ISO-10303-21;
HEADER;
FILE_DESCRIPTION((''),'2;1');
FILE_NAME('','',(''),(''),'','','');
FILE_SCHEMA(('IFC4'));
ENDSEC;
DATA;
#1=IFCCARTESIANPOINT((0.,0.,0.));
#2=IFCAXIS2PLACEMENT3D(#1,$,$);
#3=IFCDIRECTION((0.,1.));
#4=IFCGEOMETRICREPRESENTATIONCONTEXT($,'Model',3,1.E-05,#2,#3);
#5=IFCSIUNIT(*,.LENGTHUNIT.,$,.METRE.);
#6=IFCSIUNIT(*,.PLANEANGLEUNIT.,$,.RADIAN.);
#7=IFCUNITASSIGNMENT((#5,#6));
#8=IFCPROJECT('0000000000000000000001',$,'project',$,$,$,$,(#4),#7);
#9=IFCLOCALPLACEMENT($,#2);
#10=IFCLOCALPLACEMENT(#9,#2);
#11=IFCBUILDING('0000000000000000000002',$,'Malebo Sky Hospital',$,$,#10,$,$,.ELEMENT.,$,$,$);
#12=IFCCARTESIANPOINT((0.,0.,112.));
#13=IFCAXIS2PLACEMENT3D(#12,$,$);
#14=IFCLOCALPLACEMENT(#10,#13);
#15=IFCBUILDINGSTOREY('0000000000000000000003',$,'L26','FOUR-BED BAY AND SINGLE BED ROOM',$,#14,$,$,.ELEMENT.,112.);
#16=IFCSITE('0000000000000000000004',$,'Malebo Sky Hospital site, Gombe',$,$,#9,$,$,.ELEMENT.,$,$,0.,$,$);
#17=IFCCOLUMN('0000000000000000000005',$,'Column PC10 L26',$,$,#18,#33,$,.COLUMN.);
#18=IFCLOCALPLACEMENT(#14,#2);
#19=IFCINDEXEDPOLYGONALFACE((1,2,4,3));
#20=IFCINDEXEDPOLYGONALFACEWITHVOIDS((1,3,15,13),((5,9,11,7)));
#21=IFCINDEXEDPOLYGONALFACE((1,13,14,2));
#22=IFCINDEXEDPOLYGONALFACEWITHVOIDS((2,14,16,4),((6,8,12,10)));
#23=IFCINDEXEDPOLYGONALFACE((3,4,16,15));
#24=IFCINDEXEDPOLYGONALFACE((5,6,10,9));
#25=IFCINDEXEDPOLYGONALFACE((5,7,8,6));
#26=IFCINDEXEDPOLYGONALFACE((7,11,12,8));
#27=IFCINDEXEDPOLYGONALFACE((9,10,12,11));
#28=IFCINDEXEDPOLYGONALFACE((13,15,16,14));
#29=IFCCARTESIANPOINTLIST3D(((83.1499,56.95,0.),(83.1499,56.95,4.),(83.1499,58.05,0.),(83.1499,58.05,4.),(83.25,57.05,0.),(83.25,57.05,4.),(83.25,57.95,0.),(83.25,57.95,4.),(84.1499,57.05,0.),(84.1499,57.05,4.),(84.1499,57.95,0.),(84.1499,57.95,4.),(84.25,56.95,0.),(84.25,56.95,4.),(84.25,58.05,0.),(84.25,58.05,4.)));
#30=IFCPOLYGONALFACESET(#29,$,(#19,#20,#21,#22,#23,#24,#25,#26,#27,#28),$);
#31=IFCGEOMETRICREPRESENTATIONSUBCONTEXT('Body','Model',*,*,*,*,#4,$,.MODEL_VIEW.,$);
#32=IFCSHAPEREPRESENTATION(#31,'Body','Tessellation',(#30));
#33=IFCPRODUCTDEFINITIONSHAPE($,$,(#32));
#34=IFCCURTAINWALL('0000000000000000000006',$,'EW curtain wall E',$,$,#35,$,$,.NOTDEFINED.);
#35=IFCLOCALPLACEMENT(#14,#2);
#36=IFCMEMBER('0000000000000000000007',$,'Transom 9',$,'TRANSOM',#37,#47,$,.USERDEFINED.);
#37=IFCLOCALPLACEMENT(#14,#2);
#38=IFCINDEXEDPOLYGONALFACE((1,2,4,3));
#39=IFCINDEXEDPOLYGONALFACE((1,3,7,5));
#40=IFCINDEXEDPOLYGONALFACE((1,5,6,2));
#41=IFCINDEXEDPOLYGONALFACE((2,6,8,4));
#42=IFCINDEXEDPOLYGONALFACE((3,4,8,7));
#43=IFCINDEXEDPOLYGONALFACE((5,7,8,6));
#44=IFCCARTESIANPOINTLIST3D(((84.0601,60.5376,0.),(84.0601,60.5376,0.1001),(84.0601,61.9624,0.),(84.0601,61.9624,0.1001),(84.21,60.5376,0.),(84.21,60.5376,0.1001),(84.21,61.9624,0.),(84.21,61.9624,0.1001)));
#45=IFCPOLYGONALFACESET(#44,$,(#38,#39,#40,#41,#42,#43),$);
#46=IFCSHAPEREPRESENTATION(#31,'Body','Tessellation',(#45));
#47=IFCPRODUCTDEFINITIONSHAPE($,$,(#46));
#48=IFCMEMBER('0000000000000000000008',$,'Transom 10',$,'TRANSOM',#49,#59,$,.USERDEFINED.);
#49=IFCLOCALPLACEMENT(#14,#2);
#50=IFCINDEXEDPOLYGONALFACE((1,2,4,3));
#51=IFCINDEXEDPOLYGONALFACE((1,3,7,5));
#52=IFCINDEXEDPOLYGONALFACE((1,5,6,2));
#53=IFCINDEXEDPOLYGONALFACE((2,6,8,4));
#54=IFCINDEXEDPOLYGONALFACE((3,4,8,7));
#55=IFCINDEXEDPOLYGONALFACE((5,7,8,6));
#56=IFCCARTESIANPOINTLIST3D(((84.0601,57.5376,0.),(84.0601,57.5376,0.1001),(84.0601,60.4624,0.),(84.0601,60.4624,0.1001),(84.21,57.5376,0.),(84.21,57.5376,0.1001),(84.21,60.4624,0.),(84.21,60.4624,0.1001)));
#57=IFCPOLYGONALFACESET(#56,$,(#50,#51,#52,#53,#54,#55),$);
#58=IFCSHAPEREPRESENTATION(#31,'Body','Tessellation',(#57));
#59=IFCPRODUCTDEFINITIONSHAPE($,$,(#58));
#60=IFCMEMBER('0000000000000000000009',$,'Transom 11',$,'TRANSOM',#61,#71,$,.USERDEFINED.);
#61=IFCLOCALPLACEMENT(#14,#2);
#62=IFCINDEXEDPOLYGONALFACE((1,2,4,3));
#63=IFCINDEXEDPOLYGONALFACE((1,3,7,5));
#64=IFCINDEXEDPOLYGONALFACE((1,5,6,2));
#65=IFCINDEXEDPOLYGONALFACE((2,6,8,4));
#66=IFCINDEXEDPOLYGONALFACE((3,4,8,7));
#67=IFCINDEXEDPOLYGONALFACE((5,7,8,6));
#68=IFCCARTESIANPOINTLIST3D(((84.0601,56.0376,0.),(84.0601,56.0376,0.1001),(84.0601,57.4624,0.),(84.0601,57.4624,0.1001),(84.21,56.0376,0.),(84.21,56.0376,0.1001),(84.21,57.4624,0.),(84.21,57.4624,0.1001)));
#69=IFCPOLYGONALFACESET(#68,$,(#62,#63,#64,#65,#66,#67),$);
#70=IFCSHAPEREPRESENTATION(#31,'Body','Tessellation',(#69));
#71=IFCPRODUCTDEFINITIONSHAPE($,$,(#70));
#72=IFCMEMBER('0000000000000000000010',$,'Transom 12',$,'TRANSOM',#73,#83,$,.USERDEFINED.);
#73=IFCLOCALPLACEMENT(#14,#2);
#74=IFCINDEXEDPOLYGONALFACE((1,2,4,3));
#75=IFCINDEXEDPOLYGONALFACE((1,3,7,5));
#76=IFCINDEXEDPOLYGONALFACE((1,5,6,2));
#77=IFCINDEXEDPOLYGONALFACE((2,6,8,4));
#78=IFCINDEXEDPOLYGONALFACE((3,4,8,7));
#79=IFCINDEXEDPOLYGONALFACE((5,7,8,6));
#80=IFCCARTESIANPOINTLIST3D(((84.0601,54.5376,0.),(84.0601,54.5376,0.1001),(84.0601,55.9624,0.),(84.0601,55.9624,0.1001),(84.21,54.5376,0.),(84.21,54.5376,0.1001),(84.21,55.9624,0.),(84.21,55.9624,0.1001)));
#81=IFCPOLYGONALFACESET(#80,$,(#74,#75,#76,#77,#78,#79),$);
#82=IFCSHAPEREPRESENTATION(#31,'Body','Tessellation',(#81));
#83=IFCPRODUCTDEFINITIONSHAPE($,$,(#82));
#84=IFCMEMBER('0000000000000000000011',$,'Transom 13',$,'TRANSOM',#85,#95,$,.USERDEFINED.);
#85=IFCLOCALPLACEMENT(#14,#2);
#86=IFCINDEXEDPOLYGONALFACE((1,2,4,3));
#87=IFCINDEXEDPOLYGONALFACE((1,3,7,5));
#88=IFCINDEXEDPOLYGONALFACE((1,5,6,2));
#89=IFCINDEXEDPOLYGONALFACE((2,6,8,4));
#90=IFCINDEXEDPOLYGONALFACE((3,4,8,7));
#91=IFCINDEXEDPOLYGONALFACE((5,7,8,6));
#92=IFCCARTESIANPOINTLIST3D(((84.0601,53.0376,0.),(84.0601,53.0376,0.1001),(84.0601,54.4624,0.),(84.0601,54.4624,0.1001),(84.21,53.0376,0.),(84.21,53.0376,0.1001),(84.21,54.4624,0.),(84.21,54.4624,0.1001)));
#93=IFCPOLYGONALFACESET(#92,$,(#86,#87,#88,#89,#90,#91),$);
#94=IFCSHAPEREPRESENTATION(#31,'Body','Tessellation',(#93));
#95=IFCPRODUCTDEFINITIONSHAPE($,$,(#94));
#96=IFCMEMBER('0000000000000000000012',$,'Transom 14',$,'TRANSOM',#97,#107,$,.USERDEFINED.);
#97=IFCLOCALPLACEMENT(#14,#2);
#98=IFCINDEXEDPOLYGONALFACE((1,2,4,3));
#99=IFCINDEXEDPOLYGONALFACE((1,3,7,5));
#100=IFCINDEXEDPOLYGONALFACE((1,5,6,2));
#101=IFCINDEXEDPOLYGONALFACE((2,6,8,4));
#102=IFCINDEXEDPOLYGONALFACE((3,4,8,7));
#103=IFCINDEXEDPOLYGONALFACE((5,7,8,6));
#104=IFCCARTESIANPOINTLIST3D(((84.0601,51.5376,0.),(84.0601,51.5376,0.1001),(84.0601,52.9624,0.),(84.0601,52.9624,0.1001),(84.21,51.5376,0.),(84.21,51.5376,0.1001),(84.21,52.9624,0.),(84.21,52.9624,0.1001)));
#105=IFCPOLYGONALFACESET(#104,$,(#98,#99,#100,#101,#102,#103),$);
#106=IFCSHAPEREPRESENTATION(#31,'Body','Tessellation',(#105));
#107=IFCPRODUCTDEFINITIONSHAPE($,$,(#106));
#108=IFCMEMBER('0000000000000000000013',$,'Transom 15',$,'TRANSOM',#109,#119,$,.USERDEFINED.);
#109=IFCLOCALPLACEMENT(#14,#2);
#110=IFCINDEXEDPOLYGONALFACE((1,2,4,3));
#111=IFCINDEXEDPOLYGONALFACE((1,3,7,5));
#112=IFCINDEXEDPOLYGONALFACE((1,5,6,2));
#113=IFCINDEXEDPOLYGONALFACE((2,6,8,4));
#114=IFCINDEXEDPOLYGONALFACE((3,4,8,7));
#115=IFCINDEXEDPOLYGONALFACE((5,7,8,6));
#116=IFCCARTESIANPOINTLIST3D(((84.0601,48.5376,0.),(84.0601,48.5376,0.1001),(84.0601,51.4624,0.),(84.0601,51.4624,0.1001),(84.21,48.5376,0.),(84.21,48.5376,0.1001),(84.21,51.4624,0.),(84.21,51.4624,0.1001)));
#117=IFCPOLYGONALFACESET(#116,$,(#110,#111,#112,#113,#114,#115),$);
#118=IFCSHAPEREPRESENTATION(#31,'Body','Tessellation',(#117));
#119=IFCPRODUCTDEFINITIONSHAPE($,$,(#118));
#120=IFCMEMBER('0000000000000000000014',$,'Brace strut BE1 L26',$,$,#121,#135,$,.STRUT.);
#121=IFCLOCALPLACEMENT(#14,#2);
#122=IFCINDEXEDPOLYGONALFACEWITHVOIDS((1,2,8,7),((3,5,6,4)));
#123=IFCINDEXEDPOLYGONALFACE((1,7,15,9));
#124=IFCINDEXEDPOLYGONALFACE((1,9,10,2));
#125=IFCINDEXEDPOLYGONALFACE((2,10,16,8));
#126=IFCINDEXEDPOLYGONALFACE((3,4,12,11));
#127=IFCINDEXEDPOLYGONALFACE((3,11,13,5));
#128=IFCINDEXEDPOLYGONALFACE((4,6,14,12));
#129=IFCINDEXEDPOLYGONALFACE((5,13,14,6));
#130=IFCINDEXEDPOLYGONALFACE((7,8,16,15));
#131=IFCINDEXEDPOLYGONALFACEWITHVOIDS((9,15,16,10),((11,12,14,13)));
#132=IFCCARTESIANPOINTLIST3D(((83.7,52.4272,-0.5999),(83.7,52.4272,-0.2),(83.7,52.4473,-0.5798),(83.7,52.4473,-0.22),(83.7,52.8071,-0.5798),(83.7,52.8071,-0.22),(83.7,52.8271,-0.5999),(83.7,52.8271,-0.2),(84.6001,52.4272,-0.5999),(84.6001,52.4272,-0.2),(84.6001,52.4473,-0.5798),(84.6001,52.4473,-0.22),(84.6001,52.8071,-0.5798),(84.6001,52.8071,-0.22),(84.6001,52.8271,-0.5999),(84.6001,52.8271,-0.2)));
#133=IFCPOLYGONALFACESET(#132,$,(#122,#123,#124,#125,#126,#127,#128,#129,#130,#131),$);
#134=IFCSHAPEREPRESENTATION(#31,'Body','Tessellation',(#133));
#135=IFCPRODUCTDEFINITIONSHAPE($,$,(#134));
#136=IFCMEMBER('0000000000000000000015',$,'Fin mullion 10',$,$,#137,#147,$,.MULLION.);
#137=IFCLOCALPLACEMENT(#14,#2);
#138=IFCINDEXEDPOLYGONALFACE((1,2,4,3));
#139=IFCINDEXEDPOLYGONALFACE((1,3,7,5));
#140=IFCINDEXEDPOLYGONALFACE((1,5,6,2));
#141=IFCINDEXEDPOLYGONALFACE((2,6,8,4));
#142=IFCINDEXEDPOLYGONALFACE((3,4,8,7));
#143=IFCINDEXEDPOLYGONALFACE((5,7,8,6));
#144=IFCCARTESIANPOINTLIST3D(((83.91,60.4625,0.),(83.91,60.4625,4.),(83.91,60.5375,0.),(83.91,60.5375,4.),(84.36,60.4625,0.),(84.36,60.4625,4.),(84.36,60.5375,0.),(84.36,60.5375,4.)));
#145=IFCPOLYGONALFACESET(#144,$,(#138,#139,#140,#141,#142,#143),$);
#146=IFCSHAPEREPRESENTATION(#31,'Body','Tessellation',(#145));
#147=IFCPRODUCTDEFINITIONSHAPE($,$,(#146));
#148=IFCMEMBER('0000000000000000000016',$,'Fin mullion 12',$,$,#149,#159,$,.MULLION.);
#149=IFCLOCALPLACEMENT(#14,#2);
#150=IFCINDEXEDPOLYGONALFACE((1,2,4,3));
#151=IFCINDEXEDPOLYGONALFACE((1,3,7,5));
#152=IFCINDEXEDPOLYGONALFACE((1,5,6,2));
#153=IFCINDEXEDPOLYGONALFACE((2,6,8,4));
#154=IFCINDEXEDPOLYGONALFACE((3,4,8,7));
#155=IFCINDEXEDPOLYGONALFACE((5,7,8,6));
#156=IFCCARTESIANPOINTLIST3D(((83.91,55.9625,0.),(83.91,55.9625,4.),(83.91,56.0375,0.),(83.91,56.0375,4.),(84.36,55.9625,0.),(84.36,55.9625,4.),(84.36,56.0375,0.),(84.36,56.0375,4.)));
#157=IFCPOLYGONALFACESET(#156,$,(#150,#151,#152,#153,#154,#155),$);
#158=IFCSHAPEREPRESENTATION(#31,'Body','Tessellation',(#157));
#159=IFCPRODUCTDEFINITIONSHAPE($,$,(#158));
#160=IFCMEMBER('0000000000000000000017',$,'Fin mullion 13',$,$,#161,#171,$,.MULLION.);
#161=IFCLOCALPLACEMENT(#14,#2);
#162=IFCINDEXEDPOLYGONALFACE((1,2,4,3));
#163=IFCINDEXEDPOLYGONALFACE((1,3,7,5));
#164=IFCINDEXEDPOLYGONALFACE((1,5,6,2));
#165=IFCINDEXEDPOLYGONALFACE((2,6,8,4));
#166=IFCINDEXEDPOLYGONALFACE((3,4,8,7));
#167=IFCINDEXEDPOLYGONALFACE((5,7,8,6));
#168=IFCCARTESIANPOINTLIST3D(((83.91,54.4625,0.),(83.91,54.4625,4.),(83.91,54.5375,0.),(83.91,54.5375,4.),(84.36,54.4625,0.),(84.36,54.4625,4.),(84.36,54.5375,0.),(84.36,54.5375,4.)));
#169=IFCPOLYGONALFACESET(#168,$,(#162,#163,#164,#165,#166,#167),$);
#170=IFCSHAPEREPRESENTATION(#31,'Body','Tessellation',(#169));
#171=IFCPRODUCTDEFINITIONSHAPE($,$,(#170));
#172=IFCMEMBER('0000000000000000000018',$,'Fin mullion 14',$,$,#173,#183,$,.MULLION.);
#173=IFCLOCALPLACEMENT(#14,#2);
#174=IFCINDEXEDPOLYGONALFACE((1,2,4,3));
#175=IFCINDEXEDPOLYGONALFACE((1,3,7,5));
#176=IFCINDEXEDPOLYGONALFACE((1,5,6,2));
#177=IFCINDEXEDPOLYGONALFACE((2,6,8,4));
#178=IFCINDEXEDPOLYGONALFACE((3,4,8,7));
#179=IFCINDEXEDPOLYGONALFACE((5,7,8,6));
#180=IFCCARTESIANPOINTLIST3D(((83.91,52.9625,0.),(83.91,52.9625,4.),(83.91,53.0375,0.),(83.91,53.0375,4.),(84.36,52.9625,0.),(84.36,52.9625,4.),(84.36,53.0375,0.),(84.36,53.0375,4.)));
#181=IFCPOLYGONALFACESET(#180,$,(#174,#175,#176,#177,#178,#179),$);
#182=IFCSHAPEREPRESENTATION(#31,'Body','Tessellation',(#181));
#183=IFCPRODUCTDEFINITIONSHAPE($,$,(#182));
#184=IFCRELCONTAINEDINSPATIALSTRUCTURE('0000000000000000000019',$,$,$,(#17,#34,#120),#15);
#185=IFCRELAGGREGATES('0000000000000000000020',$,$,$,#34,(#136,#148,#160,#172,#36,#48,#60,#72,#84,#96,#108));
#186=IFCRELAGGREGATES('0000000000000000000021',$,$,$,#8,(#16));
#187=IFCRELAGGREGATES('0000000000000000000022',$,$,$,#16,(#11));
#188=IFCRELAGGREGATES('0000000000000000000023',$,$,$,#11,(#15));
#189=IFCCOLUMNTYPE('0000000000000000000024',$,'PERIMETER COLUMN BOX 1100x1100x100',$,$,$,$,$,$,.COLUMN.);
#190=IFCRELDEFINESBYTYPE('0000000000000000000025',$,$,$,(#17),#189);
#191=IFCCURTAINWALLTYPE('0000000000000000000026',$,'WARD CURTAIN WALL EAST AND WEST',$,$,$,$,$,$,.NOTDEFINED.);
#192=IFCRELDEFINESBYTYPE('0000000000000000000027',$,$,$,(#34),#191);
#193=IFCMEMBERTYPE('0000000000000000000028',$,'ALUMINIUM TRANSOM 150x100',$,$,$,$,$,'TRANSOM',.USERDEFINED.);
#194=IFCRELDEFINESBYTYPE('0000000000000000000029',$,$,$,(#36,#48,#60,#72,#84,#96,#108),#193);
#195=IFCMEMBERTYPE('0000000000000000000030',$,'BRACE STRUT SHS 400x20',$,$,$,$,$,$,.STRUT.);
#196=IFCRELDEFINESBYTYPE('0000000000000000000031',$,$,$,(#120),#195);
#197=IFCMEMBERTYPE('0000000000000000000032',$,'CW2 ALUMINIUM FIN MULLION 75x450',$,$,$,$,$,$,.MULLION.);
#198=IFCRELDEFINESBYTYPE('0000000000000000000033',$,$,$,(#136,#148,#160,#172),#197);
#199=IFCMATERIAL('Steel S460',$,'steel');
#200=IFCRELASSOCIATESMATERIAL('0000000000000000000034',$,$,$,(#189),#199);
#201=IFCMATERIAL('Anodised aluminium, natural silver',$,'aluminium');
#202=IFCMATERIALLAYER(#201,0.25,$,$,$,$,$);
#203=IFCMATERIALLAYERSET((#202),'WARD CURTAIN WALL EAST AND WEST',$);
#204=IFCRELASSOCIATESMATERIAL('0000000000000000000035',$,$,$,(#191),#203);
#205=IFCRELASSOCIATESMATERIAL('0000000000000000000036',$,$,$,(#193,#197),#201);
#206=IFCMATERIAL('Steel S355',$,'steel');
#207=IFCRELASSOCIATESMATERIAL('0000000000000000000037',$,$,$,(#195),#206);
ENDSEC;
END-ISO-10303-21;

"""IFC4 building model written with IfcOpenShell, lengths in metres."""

from ifc_helpers import new_model, si_unit, direction, frame, origin, origin_2d, place, context, subcontext, project, spatial, rectangle, hollow_rectangle, extrude, material, layer, layer_set, material_profile, profile_set, type_object, element, aggregate, save


model = new_model("IFC4")

# Units and contexts
model_context = context("Model", 3, precision=1e-05, world=origin(), true_north=direction((0.0, 1.0)))
body_context = subcontext(model_context, "Body", "Model", "MODEL_VIEW")
ifc_project = project(units=[si_unit("LENGTHUNIT", "METRE"), si_unit("PLANEANGLEUNIT", "RADIAN")], contexts=[model_context])

# Site, building, storey
site_placement = place(None, origin())
site = spatial("IfcSite", under=ifc_project, at=site_placement, Name="Malebo Sky Hospital site, Gombe", CompositionType="ELEMENT", RefElevation=0.0)
building_placement = place(site_placement, origin())
building = spatial("IfcBuilding", under=site, at=building_placement, Name="Malebo Sky Hospital", CompositionType="ELEMENT")
storey_placement = place(building_placement, frame((0.0, 0.0, 112.0)))
storey = spatial("IfcBuildingStorey", under=building, at=storey_placement, Name="L26", Description="FOUR-BED BAY AND SINGLE BED ROOM", CompositionType="ELEMENT", Elevation=112.0)

# Column
ifc_material_1 = material(Name="Steel S460", Category="steel")
ifc_material_profile_1 = material_profile(ifc_material_1, hollow_rectangle(XDim=1.1001, YDim=1.1001, WallThickness=0.1001, at=origin_2d()), Name="BOX 1100x1100x100")
ifc_profile_set_1 = profile_set([ifc_material_profile_1], Name="Steel S460")
column_type = type_object("IfcColumnType", Name="PERIMETER COLUMN BOX 1100x1100x100", PredefinedType="COLUMN", material=ifc_profile_set_1)
column_placement = place(storey_placement, frame((83.7, 57.5, 0.0), z_axis=(0.0, 0.0, 1.0), x_axis=(1.0, 0.0, 0.0)))
element("IfcColumn", 1, at=column_placement, inside=storey, type_object=column_type, Name="Column PC10 L26", PredefinedType="COLUMN", context=body_context, shape_type="SweptSolid", body=[
    extrude(hollow_rectangle(XDim=1.1001, YDim=1.1001, WallThickness=0.1001, at=origin_2d()), origin(), (0.0, 0.0, 1.0), 4.0),
])

# Curtain wall, members
ifc_material_2 = material(Name="Anodised aluminium, natural silver", Category="aluminium")
ifc_layer_1 = layer(ifc_material_2, 0.25)
ifc_layer_set_1 = layer_set([ifc_layer_1], Name="WARD CURTAIN WALL EAST AND WEST")
curtain_wall_type = type_object("IfcCurtainWallType", Name="WARD CURTAIN WALL EAST AND WEST", PredefinedType="NOTDEFINED", material=ifc_layer_set_1)
curtain_wall_placement = place(storey_placement, origin())
curtain_wall = element("IfcCurtainWall", 2, at=curtain_wall_placement, inside=storey, type_object=curtain_wall_type, Name="EW curtain wall E", PredefinedType="NOTDEFINED")
ifc_material_profile_2 = material_profile(ifc_material_2, rectangle(XDim=0.1499, YDim=0.1001, at=origin_2d()), Name="ALUMINIUM TRANSOM 150x100")
ifc_profile_set_2 = profile_set([ifc_material_profile_2], Name="Anodised aluminium, natural silver")
member_type_1 = type_object("IfcMemberType", Name="ALUMINIUM TRANSOM 150x100", ElementType="TRANSOM", PredefinedType="USERDEFINED", material=ifc_profile_set_2)
member_1_placement = place(storey_placement, frame((84.135, 61.9624, 0.05), z_axis=(0.0, -1.0, 0.0), x_axis=(1.0, 0.0, 0.0)))
member_1 = element("IfcMember", 3, at=member_1_placement, type_object=member_type_1, Name="Transom 9", ObjectType="TRANSOM", PredefinedType="USERDEFINED", context=body_context, shape_type="SweptSolid", body=[
    extrude(rectangle(XDim=0.1499, YDim=0.1001, at=origin_2d()), origin(), (0.0, 0.0, 1.0), 1.4248),
])
member_2_placement = place(storey_placement, frame((84.135, 60.4624, 0.05), z_axis=(0.0, -1.0, 0.0), x_axis=(1.0, 0.0, 0.0)))
member_2 = element("IfcMember", 4, at=member_2_placement, type_object=member_type_1, Name="Transom 10", ObjectType="TRANSOM", PredefinedType="USERDEFINED", context=body_context, shape_type="SweptSolid", body=[
    extrude(rectangle(XDim=0.1499, YDim=0.1001, at=origin_2d()), origin(), (0.0, 0.0, 1.0), 2.9248),
])
member_3_placement = place(storey_placement, frame((84.135, 57.4624, 0.05), z_axis=(0.0, -1.0, 0.0), x_axis=(1.0, 0.0, 0.0)))
member_3 = element("IfcMember", 5, at=member_3_placement, type_object=member_type_1, Name="Transom 11", ObjectType="TRANSOM", PredefinedType="USERDEFINED", context=body_context, shape_type="SweptSolid", body=[
    extrude(rectangle(XDim=0.1499, YDim=0.1001, at=origin_2d()), origin(), (0.0, 0.0, 1.0), 1.4248),
])
member_4_placement = place(storey_placement, frame((84.135, 55.9624, 0.05), z_axis=(0.0, -1.0, 0.0), x_axis=(1.0, 0.0, 0.0)))
member_4 = element("IfcMember", 6, at=member_4_placement, type_object=member_type_1, Name="Transom 12", ObjectType="TRANSOM", PredefinedType="USERDEFINED", context=body_context, shape_type="SweptSolid", body=[
    extrude(rectangle(XDim=0.1499, YDim=0.1001, at=origin_2d()), origin(), (0.0, 0.0, 1.0), 1.4248),
])
member_5_placement = place(storey_placement, frame((84.135, 54.4624, 0.05), z_axis=(0.0, -1.0, 0.0), x_axis=(1.0, 0.0, 0.0)))
member_5 = element("IfcMember", 7, at=member_5_placement, type_object=member_type_1, Name="Transom 13", ObjectType="TRANSOM", PredefinedType="USERDEFINED", context=body_context, shape_type="SweptSolid", body=[
    extrude(rectangle(XDim=0.1499, YDim=0.1001, at=origin_2d()), origin(), (0.0, 0.0, 1.0), 1.4248),
])
member_6_placement = place(storey_placement, frame((84.135, 52.9624, 0.05), z_axis=(0.0, -1.0, 0.0), x_axis=(1.0, 0.0, 0.0)))
member_6 = element("IfcMember", 8, at=member_6_placement, type_object=member_type_1, Name="Transom 14", ObjectType="TRANSOM", PredefinedType="USERDEFINED", context=body_context, shape_type="SweptSolid", body=[
    extrude(rectangle(XDim=0.1499, YDim=0.1001, at=origin_2d()), origin(), (0.0, 0.0, 1.0), 1.4248),
])
member_7_placement = place(storey_placement, frame((84.135, 51.4624, 0.05), z_axis=(0.0, -1.0, 0.0), x_axis=(1.0, 0.0, 0.0)))
member_7 = element("IfcMember", 9, at=member_7_placement, type_object=member_type_1, Name="Transom 15", ObjectType="TRANSOM", PredefinedType="USERDEFINED", context=body_context, shape_type="SweptSolid", body=[
    extrude(rectangle(XDim=0.1499, YDim=0.1001, at=origin_2d()), origin(), (0.0, 0.0, 1.0), 2.9248),
])

# Members
ifc_material_3 = material(Name="Steel S355", Category="steel")
ifc_material_profile_3 = material_profile(ifc_material_3, hollow_rectangle(XDim=0.3999, YDim=0.3999, WallThickness=0.02, at=origin_2d()), Name="SHS 400x20")
ifc_profile_set_3 = profile_set([ifc_material_profile_3], Name="Steel S355")
member_type_2 = type_object("IfcMemberType", Name="BRACE STRUT SHS 400x20", PredefinedType="STRUT", material=ifc_profile_set_3)
member_8_placement = place(storey_placement, frame((84.6001, 52.6272, -0.3999), z_axis=(-1.0, 0.0, 0.0), x_axis=(0.0, -1.0, 0.0)))
element("IfcMember", 10, at=member_8_placement, inside=storey, type_object=member_type_2, Name="Brace strut BE1 L26", PredefinedType="STRUT", context=body_context, shape_type="SweptSolid", body=[
    extrude(hollow_rectangle(XDim=0.3999, YDim=0.3999, WallThickness=0.02, at=origin_2d()), origin(), (0.0, 0.0, 1.0), 0.9001),
])
ifc_material_profile_4 = material_profile(ifc_material_2, rectangle(XDim=0.075, YDim=0.45, at=origin_2d()), Name="CW2 ALUMINIUM FIN MULLION 75x450")
ifc_profile_set_4 = profile_set([ifc_material_profile_4], Name="Anodised aluminium, natural silver")
member_type_3 = type_object("IfcMemberType", Name="CW2 ALUMINIUM FIN MULLION 75x450", PredefinedType="MULLION", material=ifc_profile_set_4)
member_9_placement = place(storey_placement, frame((84.135, 60.5, 0.0), z_axis=(0.0, 0.0, 1.0), x_axis=(0.0, -1.0, 0.0)))
member_9 = element("IfcMember", 11, at=member_9_placement, type_object=member_type_3, Name="Fin mullion 10", PredefinedType="MULLION", context=body_context, shape_type="SweptSolid", body=[
    extrude(rectangle(XDim=0.075, YDim=0.45, at=origin_2d()), origin(), (0.0, 0.0, 1.0), 4.0),
])
member_10_placement = place(storey_placement, frame((84.135, 56.0, 0.0), z_axis=(0.0, 0.0, 1.0), x_axis=(0.0, -1.0, 0.0)))
member_10 = element("IfcMember", 12, at=member_10_placement, type_object=member_type_3, Name="Fin mullion 12", PredefinedType="MULLION", context=body_context, shape_type="SweptSolid", body=[
    extrude(rectangle(XDim=0.075, YDim=0.45, at=origin_2d()), origin(), (0.0, 0.0, 1.0), 4.0),
])
member_11_placement = place(storey_placement, frame((84.135, 54.5, 0.0), z_axis=(0.0, 0.0, 1.0), x_axis=(0.0, -1.0, 0.0)))
member_11 = element("IfcMember", 13, at=member_11_placement, type_object=member_type_3, Name="Fin mullion 13", PredefinedType="MULLION", context=body_context, shape_type="SweptSolid", body=[
    extrude(rectangle(XDim=0.075, YDim=0.45, at=origin_2d()), origin(), (0.0, 0.0, 1.0), 4.0),
])
member_12_placement = place(storey_placement, frame((84.135, 53.0, 0.0), z_axis=(0.0, 0.0, 1.0), x_axis=(0.0, -1.0, 0.0)))
member_12 = element("IfcMember", 14, at=member_12_placement, type_object=member_type_3, Name="Fin mullion 14", PredefinedType="MULLION", context=body_context, shape_type="SweptSolid", body=[
    extrude(rectangle(XDim=0.075, YDim=0.45, at=origin_2d()), origin(), (0.0, 0.0, 1.0), 4.0),
])

aggregate(curtain_wall, [member_9, member_10, member_11, member_12, member_1, member_2, member_3, member_4, member_5, member_6, member_7])

save(model, "model.ifc")
